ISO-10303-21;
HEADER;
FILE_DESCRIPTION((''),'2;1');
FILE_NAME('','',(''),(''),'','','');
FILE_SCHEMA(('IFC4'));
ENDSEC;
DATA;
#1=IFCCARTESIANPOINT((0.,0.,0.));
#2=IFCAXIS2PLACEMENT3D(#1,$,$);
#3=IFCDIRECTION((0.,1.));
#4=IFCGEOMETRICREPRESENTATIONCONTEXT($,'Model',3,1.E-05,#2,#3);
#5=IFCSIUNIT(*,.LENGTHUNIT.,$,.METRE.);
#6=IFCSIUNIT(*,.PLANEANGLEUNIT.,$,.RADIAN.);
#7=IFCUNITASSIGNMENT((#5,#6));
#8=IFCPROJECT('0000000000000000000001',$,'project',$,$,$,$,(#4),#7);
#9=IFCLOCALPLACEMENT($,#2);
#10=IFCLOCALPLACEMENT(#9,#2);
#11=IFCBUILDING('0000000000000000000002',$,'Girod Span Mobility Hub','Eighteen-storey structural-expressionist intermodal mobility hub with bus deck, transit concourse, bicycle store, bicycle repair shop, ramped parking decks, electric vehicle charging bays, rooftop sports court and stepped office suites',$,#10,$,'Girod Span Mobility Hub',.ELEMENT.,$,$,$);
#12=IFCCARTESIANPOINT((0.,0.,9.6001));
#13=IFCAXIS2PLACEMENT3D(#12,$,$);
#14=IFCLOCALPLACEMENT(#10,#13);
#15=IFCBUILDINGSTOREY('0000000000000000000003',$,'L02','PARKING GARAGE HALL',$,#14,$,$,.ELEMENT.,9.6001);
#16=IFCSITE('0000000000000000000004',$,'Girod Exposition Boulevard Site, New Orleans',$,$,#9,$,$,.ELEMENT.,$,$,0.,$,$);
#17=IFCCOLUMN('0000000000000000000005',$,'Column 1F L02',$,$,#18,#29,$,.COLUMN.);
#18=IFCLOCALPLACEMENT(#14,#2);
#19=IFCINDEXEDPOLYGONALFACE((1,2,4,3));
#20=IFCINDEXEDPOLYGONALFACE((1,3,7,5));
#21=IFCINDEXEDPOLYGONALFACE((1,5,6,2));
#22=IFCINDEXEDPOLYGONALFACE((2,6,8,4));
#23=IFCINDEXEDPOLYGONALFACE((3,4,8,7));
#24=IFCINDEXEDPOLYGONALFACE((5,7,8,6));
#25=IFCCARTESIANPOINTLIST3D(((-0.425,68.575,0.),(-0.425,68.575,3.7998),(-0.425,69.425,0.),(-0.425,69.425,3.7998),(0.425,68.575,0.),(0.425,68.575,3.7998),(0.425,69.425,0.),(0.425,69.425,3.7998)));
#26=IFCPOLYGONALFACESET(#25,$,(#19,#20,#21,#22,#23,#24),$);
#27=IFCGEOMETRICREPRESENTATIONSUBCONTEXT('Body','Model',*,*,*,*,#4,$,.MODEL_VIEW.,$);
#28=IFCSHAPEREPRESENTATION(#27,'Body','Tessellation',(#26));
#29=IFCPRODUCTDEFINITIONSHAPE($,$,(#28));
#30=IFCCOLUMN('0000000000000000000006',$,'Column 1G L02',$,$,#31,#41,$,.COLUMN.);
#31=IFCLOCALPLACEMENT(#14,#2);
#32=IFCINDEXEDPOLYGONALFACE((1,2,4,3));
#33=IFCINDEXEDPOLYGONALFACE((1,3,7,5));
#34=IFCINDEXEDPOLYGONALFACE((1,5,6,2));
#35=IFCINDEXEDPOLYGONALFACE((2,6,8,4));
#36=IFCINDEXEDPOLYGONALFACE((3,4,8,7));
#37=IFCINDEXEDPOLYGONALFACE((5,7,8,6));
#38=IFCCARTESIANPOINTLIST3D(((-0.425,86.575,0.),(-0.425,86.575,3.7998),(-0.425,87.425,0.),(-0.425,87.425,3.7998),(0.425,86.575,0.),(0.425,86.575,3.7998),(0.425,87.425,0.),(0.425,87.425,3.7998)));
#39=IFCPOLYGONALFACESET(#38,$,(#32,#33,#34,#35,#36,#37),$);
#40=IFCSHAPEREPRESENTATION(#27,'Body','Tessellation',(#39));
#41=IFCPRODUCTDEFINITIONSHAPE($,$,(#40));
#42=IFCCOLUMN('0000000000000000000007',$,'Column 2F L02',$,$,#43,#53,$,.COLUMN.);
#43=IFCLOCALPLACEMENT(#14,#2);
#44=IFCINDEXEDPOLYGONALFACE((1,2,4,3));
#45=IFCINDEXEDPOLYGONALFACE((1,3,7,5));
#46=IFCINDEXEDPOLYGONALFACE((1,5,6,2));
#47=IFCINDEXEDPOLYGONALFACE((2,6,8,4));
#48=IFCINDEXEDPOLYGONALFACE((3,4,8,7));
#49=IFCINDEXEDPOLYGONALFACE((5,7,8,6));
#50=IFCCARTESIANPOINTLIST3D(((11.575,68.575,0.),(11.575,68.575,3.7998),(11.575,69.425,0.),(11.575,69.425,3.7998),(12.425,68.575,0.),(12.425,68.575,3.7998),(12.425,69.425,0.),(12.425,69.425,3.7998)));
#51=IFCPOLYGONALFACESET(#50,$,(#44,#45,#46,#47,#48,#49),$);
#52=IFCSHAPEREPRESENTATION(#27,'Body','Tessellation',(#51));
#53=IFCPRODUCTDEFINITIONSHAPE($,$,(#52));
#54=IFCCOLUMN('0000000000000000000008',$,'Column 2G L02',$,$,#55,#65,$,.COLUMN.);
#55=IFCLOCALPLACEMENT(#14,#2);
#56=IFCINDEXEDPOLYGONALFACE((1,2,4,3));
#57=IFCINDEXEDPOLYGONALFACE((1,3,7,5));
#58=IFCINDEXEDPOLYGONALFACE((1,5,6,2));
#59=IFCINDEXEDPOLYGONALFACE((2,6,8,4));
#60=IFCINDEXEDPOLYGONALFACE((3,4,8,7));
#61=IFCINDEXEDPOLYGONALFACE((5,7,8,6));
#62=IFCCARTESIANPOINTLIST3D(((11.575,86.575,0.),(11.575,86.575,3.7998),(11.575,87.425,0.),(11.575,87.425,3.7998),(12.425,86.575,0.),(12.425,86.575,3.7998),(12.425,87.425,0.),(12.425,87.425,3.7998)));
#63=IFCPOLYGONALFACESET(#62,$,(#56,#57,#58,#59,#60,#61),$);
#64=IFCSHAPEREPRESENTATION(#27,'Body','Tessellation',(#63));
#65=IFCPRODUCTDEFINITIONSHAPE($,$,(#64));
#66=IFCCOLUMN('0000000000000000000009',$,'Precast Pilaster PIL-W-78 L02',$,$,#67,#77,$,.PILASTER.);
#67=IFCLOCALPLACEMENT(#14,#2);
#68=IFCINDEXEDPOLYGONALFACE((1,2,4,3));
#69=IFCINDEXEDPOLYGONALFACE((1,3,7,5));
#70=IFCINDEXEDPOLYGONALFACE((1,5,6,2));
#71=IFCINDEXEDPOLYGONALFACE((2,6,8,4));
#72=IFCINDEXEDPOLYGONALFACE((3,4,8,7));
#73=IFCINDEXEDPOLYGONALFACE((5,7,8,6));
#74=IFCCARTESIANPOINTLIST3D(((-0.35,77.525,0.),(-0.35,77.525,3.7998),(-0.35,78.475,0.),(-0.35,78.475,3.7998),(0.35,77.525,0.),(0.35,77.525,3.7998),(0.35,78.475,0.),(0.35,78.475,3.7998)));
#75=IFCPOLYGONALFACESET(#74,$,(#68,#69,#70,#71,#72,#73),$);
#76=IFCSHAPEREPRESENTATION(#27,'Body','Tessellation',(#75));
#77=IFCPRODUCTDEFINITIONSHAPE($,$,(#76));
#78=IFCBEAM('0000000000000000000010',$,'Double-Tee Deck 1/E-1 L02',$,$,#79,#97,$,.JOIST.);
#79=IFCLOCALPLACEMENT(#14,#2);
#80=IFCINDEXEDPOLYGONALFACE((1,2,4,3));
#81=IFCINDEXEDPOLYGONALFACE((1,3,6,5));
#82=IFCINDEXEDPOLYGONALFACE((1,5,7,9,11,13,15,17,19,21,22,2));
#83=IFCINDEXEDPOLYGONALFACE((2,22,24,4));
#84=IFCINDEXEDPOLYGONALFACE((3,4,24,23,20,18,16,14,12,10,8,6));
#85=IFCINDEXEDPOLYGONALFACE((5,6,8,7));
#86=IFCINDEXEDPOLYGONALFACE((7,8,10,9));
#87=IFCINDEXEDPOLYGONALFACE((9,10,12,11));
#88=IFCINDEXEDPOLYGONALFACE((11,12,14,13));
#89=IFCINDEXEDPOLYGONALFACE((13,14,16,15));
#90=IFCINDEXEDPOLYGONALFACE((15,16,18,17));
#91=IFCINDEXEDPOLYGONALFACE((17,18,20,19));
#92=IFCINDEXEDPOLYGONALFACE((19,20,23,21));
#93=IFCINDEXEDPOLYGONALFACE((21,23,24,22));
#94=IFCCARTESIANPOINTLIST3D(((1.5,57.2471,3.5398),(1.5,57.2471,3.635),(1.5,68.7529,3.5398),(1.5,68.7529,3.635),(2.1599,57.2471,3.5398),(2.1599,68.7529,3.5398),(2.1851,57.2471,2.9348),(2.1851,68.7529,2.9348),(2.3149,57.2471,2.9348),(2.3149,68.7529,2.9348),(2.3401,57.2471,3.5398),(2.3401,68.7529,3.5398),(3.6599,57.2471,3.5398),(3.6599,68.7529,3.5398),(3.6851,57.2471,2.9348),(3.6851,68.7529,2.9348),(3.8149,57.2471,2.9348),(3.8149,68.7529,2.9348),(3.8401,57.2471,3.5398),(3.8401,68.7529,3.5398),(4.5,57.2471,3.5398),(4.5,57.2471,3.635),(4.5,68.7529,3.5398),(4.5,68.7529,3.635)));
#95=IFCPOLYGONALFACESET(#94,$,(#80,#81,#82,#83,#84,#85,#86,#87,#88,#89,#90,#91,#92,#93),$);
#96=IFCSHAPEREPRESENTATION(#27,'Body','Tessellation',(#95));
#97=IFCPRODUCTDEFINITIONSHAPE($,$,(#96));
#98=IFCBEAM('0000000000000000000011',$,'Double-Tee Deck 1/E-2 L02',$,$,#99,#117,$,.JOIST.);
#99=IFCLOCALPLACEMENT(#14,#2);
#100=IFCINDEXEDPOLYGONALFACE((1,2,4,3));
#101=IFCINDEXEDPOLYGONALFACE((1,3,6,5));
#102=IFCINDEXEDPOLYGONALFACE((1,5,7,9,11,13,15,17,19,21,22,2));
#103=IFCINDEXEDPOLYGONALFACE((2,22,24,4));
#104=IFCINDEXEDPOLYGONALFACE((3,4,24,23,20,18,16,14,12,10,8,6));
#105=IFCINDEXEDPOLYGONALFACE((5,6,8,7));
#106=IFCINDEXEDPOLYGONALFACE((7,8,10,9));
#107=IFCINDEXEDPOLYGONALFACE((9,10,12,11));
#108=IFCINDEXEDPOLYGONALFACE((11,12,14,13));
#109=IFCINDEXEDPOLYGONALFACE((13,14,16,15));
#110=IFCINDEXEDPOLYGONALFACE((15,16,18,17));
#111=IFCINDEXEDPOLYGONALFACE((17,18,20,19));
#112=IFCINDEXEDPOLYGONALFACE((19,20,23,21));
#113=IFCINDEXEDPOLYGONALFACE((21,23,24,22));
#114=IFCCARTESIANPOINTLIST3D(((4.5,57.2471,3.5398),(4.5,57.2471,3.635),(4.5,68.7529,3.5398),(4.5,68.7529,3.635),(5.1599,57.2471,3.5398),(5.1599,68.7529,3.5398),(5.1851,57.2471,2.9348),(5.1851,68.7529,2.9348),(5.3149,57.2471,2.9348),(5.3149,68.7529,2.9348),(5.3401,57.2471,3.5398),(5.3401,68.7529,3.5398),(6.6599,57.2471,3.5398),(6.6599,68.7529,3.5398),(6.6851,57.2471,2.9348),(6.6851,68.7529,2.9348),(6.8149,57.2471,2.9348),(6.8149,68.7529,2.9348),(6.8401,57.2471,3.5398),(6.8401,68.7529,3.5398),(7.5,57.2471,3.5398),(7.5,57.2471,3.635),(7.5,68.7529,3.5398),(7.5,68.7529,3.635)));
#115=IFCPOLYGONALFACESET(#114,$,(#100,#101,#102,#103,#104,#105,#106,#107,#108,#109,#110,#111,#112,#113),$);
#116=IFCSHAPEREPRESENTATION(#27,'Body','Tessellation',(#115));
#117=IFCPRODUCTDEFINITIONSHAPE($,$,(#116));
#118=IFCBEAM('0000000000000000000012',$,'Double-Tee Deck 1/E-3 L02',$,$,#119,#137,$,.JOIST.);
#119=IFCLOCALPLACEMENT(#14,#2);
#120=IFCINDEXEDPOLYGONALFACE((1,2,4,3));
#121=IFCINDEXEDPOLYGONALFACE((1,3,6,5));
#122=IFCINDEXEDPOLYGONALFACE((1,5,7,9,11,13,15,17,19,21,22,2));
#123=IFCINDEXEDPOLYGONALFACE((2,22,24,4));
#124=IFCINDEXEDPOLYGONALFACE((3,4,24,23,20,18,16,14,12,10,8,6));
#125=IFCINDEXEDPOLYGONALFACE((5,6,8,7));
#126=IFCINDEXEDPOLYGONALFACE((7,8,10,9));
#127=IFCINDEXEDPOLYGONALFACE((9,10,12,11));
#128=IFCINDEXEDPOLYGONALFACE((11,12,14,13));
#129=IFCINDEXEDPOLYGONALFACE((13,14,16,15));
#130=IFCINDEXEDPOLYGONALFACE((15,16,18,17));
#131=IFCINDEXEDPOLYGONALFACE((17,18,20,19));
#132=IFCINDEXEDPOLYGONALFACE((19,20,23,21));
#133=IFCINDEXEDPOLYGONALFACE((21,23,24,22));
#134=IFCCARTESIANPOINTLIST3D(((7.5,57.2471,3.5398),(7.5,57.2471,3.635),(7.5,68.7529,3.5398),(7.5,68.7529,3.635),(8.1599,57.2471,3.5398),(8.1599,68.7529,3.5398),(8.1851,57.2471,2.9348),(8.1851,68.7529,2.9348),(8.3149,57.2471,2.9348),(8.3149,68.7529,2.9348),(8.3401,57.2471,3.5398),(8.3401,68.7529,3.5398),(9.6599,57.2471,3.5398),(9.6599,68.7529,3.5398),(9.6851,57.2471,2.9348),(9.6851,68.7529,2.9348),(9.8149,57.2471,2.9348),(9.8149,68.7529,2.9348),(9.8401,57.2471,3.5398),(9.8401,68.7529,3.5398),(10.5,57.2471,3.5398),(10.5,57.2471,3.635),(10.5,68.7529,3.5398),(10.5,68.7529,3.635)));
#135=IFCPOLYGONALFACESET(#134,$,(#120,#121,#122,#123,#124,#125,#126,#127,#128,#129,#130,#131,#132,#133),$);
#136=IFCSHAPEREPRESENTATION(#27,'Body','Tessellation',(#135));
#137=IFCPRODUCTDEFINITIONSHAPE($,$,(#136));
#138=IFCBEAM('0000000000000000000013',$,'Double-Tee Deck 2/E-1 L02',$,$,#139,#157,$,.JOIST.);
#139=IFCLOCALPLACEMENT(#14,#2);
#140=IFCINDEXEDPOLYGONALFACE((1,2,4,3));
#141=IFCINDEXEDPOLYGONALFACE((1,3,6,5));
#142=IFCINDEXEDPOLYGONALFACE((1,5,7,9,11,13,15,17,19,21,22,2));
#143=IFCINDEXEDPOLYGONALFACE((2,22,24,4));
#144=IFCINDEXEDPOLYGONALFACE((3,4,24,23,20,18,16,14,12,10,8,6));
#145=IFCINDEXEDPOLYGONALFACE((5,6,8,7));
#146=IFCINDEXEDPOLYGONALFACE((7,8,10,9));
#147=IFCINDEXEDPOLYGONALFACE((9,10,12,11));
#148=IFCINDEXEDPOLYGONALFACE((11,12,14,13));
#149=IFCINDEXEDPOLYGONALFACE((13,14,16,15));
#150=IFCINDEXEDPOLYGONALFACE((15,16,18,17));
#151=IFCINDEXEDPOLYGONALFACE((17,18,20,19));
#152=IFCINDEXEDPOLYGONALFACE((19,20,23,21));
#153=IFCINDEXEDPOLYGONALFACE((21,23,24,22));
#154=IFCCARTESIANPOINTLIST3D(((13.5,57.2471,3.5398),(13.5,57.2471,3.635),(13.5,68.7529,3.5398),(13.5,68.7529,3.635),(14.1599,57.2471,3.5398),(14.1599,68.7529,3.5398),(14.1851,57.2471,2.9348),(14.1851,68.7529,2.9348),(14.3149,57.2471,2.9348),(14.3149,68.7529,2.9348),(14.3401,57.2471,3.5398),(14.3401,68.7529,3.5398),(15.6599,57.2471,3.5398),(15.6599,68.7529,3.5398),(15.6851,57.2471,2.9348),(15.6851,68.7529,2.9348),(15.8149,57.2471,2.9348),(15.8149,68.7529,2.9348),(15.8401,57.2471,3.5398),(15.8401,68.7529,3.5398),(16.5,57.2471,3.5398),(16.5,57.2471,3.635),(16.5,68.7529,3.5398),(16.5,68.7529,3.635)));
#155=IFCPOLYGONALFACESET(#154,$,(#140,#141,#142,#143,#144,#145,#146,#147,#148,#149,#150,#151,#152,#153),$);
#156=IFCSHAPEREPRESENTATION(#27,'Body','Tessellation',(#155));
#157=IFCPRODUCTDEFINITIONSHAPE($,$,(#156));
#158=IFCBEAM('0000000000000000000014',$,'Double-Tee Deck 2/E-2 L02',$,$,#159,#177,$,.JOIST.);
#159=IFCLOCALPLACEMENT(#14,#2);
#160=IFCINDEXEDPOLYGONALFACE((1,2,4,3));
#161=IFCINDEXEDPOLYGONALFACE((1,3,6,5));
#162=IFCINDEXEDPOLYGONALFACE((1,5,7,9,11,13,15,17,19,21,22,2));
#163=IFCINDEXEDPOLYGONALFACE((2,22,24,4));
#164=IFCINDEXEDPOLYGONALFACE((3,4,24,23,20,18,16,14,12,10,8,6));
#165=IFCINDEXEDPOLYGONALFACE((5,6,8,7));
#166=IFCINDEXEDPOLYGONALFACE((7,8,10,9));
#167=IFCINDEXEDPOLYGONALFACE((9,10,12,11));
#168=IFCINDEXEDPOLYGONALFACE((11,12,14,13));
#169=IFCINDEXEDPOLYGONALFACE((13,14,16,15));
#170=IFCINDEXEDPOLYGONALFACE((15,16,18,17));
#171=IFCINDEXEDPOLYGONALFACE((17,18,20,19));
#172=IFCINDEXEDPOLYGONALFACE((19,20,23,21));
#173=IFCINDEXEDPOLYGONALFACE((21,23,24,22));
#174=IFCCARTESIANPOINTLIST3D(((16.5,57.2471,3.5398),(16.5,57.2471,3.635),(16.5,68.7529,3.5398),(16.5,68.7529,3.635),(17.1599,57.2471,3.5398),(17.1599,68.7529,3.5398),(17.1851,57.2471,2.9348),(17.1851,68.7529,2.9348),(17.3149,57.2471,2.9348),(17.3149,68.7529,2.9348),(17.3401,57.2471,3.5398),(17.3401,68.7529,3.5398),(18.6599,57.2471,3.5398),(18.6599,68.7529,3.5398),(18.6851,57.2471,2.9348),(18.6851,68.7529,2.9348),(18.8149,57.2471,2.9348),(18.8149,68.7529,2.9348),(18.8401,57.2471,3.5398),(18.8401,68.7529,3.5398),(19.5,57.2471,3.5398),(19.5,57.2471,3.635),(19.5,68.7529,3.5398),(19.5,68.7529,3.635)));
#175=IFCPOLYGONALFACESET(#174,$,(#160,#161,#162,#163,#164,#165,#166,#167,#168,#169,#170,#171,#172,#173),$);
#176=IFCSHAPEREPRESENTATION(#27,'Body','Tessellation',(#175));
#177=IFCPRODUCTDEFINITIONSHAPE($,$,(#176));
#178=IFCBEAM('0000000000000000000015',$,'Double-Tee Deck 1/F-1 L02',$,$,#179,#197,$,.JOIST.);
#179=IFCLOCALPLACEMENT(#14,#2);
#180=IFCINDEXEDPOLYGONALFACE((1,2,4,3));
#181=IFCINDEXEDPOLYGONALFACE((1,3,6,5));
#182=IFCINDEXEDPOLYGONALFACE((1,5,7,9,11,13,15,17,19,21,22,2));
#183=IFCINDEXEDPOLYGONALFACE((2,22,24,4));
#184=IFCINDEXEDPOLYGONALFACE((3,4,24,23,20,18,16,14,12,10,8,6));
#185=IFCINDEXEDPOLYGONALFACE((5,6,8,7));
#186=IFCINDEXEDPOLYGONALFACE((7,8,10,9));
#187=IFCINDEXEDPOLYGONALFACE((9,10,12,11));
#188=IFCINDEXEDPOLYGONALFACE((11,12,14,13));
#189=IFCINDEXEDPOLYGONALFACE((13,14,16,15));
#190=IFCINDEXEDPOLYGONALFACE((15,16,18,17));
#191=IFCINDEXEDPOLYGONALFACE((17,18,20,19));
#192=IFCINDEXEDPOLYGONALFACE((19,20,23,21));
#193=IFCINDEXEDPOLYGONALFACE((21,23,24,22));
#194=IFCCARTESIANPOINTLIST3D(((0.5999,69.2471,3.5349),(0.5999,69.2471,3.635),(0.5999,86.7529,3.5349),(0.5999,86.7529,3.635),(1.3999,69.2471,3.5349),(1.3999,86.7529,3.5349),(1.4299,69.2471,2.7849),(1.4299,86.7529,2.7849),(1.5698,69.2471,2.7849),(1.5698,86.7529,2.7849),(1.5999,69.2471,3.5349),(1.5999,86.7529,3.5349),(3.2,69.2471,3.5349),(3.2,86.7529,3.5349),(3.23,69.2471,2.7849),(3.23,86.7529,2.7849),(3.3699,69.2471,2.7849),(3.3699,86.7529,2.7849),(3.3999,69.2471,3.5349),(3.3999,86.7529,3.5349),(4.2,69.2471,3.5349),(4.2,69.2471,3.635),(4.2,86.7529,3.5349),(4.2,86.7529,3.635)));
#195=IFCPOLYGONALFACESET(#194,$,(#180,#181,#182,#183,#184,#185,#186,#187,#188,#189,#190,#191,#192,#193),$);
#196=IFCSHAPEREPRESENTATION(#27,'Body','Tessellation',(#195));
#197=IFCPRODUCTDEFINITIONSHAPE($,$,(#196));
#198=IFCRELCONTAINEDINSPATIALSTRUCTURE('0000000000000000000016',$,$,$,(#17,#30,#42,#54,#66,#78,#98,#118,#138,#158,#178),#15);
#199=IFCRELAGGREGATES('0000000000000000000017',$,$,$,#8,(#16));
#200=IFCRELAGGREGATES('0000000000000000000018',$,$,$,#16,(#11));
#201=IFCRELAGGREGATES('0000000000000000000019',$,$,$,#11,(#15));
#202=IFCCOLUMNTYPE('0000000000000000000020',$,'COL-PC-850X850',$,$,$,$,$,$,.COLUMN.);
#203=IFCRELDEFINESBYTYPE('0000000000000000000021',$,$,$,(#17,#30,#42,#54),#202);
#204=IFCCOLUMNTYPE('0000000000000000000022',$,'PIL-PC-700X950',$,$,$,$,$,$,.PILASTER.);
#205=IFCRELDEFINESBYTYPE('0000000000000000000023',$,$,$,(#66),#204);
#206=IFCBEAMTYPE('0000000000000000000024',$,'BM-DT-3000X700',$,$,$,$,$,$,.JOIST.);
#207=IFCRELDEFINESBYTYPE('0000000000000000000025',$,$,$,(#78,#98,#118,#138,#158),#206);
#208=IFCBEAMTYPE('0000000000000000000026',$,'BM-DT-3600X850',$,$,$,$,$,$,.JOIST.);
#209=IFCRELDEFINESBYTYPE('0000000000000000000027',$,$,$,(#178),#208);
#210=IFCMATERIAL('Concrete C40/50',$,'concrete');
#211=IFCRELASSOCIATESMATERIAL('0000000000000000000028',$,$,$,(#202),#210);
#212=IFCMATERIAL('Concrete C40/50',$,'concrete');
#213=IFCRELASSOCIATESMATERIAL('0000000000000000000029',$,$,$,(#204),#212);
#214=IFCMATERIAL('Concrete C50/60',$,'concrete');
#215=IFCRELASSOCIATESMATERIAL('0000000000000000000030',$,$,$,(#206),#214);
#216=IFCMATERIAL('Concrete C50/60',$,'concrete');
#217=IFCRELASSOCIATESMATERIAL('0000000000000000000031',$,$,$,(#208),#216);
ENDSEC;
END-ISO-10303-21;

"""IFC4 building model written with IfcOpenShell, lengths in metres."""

from ifc_helpers import new_model, si_unit, direction, frame, origin, origin_2d, place, context, subcontext, project, spatial, polyline, rectangle, outline, extrude, material, material_profile, profile_set, type_object, element, save


model = new_model("IFC4")

# Units and contexts
model_context = context("Model", 3, precision=1e-05, world=origin(), true_north=direction((0.0, 1.0)))
body_context = subcontext(model_context, "Body", "Model", "MODEL_VIEW")
ifc_project = project(units=[si_unit("LENGTHUNIT", "METRE"), si_unit("PLANEANGLEUNIT", "RADIAN")], contexts=[model_context])

# Site, building, storey
site_placement = place(None, origin())
site = spatial("IfcSite", under=ifc_project, at=site_placement, Name="Girod Exposition Boulevard Site, New Orleans", CompositionType="ELEMENT", RefElevation=0.0)
building_placement = place(site_placement, origin())
building = spatial("IfcBuilding", under=site, at=building_placement, Name="Girod Span Mobility Hub", Description="Eighteen-storey structural-expressionist intermodal mobility hub with bus deck, transit concourse, bicycle store, bicycle repair shop, ramped parking decks, electric vehicle charging bays, rooftop sports court and stepped office suites", LongName="Girod Span Mobility Hub", CompositionType="ELEMENT")
storey_placement = place(building_placement, frame((0.0, 0.0, 9.6001)))
storey = spatial("IfcBuildingStorey", under=building, at=storey_placement, Name="L02", Description="PARKING GARAGE HALL", CompositionType="ELEMENT", Elevation=9.6001)

# Columns
ifc_material_1 = material(Name="Concrete C40/50", Category="concrete")
ifc_material_profile_1 = material_profile(ifc_material_1, rectangle(XDim=0.8501, YDim=0.8501, at=origin_2d()), Name="PC-COL-850X850")
ifc_profile_set_1 = profile_set([ifc_material_profile_1], Name="Concrete C40/50")
column_type_1 = type_object("IfcColumnType", Name="COL-PC-850X850", PredefinedType="COLUMN", material=ifc_profile_set_1)
for number, where, z_axis, x_axis, name in (
    (1, (0.0, 69.0, 0.0), (0.0, 0.0, 1.0), (1.0, 0.0, 0.0), "Column 1F L02"),
    (2, (0.0, 87.0, 0.0), (0.0, 0.0, 1.0), (1.0, 0.0, 0.0), "Column 1G L02"),
    (3, (12.0, 69.0, 0.0), (0.0, 0.0, 1.0), (1.0, 0.0, 0.0), "Column 2F L02"),
    (4, (12.0, 87.0, 0.0), (0.0, 0.0, 1.0), (1.0, 0.0, 0.0), "Column 2G L02"),
):
    element("IfcColumn", number, at=place(storey_placement, frame(where, z_axis=z_axis, x_axis=x_axis)), inside=storey, type_object=column_type_1, Name=name, PredefinedType="COLUMN", context=body_context, shape_type="SweptSolid", body=[
        extrude(rectangle(XDim=0.8501, YDim=0.8501, at=origin_2d()), origin(), (0.0, 0.0, 1.0), 3.7998),
    ])
ifc_material_2 = material(Name="Concrete C40/50", Category="concrete")
ifc_material_profile_2 = material_profile(ifc_material_2, rectangle(XDim=0.7, YDim=0.95, at=origin_2d()), Name="PC-PIL-700X950")
ifc_profile_set_2 = profile_set([ifc_material_profile_2], Name="Concrete C40/50")
column_type_2 = type_object("IfcColumnType", Name="PIL-PC-700X950", PredefinedType="PILASTER", material=ifc_profile_set_2)
column_placement = place(storey_placement, frame((0.0, 78.0, 0.0), z_axis=(0.0, 0.0, 1.0), x_axis=(1.0, 0.0, 0.0)))
element("IfcColumn", 5, at=column_placement, inside=storey, type_object=column_type_2, Name="Precast Pilaster PIL-W-78 L02", PredefinedType="PILASTER", context=body_context, shape_type="SweptSolid", body=[
    extrude(rectangle(XDim=0.7, YDim=0.95, at=origin_2d()), origin(), (0.0, 0.0, 1.0), 3.7998),
])

# Beams
ifc_material_3 = material(Name="Concrete C50/60", Category="concrete")
ifc_material_profile_3 = material_profile(ifc_material_3, outline(polyline([(-1.5, 0.3501), (-1.5, 0.2549), (-0.8401, 0.2549), (-0.8149, -0.3501), (-0.6851, -0.3501), (-0.6599, 0.2549), (0.6599, 0.2549), (0.6851, -0.3501), (0.8149, -0.3501), (0.8401, 0.2549), (1.5, 0.2549), (1.5, 0.3501), (-1.5, 0.3501)])), Name="DT-3000X700")
ifc_profile_set_3 = profile_set([ifc_material_profile_3], Name="Concrete C50/60")
beam_type_1 = type_object("IfcBeamType", Name="BM-DT-3000X700", PredefinedType="JOIST", material=ifc_profile_set_3)
for number, where, z_axis, x_axis, name in (
    (6, (3.0, 57.2471, 3.2849), (0.0, 1.0, 0.0), (-1.0, 0.0, 0.0), "Double-Tee Deck 1/E-1 L02"),
    (7, (6.0, 57.2471, 3.2849), (0.0, 1.0, 0.0), (-1.0, 0.0, 0.0), "Double-Tee Deck 1/E-2 L02"),
    (8, (9.0, 57.2471, 3.2849), (0.0, 1.0, 0.0), (-1.0, 0.0, 0.0), "Double-Tee Deck 1/E-3 L02"),
    (9, (15.0, 57.2471, 3.2849), (0.0, 1.0, 0.0), (-1.0, 0.0, 0.0), "Double-Tee Deck 2/E-1 L02"),
    (10, (18.0, 57.2471, 3.2849), (0.0, 1.0, 0.0), (-1.0, 0.0, 0.0), "Double-Tee Deck 2/E-2 L02"),
):
    element("IfcBeam", number, at=place(storey_placement, frame(where, z_axis=z_axis, x_axis=x_axis)), inside=storey, type_object=beam_type_1, Name=name, PredefinedType="JOIST", context=body_context, shape_type="SweptSolid", body=[
        extrude(outline(polyline([(-1.5, 0.3501), (-1.5, 0.2549), (-0.8401, 0.2549), (-0.8149, -0.3501), (-0.6851, -0.3501), (-0.6599, 0.2549), (0.6599, 0.2549), (0.6851, -0.3501), (0.8149, -0.3501), (0.8401, 0.2549), (1.5, 0.2549), (1.5, 0.3501), (-1.5, 0.3501)])), origin(), (0.0, 0.0, 1.0), 11.5059),
    ])
ifc_material_4 = material(Name="Concrete C50/60", Category="concrete")
ifc_material_profile_4 = material_profile(ifc_material_4, outline(polyline([(-1.8, 0.425), (-1.8, 0.325), (-1.0, 0.325), (-0.97, -0.425), (-0.8301, -0.425), (-0.8, 0.325), (0.8, 0.325), (0.8301, -0.425), (0.97, -0.425), (1.0, 0.325), (1.8, 0.325), (1.8, 0.425), (-1.8, 0.425)])), Name="DT-3600X850")
ifc_profile_set_4 = profile_set([ifc_material_profile_4], Name="Concrete C50/60")
beam_type_2 = type_object("IfcBeamType", Name="BM-DT-3600X850", PredefinedType="JOIST", material=ifc_profile_set_4)
for number, where, z_axis, x_axis, name in (
    (11, (2.3999, 69.2471, 3.21), (0.0, 1.0, 0.0), (-1.0, 0.0, 0.0), "Double-Tee Deck 1/F-1 L02"),
):
    element("IfcBeam", number, at=place(storey_placement, frame(where, z_axis=z_axis, x_axis=x_axis)), inside=storey, type_object=beam_type_2, Name=name, PredefinedType="JOIST", context=body_context, shape_type="SweptSolid", body=[
        extrude(outline(polyline([(-1.8, 0.425), (-1.8, 0.325), (-1.0, 0.325), (-0.97, -0.425), (-0.8301, -0.425), (-0.8, 0.325), (0.8, 0.325), (0.8301, -0.425), (0.97, -0.425), (1.0, 0.325), (1.8, 0.325), (1.8, 0.425), (-1.8, 0.425)])), origin(), (0.0, 0.0, 1.0), 17.5059),
    ])

save(model, "model.ifc")
